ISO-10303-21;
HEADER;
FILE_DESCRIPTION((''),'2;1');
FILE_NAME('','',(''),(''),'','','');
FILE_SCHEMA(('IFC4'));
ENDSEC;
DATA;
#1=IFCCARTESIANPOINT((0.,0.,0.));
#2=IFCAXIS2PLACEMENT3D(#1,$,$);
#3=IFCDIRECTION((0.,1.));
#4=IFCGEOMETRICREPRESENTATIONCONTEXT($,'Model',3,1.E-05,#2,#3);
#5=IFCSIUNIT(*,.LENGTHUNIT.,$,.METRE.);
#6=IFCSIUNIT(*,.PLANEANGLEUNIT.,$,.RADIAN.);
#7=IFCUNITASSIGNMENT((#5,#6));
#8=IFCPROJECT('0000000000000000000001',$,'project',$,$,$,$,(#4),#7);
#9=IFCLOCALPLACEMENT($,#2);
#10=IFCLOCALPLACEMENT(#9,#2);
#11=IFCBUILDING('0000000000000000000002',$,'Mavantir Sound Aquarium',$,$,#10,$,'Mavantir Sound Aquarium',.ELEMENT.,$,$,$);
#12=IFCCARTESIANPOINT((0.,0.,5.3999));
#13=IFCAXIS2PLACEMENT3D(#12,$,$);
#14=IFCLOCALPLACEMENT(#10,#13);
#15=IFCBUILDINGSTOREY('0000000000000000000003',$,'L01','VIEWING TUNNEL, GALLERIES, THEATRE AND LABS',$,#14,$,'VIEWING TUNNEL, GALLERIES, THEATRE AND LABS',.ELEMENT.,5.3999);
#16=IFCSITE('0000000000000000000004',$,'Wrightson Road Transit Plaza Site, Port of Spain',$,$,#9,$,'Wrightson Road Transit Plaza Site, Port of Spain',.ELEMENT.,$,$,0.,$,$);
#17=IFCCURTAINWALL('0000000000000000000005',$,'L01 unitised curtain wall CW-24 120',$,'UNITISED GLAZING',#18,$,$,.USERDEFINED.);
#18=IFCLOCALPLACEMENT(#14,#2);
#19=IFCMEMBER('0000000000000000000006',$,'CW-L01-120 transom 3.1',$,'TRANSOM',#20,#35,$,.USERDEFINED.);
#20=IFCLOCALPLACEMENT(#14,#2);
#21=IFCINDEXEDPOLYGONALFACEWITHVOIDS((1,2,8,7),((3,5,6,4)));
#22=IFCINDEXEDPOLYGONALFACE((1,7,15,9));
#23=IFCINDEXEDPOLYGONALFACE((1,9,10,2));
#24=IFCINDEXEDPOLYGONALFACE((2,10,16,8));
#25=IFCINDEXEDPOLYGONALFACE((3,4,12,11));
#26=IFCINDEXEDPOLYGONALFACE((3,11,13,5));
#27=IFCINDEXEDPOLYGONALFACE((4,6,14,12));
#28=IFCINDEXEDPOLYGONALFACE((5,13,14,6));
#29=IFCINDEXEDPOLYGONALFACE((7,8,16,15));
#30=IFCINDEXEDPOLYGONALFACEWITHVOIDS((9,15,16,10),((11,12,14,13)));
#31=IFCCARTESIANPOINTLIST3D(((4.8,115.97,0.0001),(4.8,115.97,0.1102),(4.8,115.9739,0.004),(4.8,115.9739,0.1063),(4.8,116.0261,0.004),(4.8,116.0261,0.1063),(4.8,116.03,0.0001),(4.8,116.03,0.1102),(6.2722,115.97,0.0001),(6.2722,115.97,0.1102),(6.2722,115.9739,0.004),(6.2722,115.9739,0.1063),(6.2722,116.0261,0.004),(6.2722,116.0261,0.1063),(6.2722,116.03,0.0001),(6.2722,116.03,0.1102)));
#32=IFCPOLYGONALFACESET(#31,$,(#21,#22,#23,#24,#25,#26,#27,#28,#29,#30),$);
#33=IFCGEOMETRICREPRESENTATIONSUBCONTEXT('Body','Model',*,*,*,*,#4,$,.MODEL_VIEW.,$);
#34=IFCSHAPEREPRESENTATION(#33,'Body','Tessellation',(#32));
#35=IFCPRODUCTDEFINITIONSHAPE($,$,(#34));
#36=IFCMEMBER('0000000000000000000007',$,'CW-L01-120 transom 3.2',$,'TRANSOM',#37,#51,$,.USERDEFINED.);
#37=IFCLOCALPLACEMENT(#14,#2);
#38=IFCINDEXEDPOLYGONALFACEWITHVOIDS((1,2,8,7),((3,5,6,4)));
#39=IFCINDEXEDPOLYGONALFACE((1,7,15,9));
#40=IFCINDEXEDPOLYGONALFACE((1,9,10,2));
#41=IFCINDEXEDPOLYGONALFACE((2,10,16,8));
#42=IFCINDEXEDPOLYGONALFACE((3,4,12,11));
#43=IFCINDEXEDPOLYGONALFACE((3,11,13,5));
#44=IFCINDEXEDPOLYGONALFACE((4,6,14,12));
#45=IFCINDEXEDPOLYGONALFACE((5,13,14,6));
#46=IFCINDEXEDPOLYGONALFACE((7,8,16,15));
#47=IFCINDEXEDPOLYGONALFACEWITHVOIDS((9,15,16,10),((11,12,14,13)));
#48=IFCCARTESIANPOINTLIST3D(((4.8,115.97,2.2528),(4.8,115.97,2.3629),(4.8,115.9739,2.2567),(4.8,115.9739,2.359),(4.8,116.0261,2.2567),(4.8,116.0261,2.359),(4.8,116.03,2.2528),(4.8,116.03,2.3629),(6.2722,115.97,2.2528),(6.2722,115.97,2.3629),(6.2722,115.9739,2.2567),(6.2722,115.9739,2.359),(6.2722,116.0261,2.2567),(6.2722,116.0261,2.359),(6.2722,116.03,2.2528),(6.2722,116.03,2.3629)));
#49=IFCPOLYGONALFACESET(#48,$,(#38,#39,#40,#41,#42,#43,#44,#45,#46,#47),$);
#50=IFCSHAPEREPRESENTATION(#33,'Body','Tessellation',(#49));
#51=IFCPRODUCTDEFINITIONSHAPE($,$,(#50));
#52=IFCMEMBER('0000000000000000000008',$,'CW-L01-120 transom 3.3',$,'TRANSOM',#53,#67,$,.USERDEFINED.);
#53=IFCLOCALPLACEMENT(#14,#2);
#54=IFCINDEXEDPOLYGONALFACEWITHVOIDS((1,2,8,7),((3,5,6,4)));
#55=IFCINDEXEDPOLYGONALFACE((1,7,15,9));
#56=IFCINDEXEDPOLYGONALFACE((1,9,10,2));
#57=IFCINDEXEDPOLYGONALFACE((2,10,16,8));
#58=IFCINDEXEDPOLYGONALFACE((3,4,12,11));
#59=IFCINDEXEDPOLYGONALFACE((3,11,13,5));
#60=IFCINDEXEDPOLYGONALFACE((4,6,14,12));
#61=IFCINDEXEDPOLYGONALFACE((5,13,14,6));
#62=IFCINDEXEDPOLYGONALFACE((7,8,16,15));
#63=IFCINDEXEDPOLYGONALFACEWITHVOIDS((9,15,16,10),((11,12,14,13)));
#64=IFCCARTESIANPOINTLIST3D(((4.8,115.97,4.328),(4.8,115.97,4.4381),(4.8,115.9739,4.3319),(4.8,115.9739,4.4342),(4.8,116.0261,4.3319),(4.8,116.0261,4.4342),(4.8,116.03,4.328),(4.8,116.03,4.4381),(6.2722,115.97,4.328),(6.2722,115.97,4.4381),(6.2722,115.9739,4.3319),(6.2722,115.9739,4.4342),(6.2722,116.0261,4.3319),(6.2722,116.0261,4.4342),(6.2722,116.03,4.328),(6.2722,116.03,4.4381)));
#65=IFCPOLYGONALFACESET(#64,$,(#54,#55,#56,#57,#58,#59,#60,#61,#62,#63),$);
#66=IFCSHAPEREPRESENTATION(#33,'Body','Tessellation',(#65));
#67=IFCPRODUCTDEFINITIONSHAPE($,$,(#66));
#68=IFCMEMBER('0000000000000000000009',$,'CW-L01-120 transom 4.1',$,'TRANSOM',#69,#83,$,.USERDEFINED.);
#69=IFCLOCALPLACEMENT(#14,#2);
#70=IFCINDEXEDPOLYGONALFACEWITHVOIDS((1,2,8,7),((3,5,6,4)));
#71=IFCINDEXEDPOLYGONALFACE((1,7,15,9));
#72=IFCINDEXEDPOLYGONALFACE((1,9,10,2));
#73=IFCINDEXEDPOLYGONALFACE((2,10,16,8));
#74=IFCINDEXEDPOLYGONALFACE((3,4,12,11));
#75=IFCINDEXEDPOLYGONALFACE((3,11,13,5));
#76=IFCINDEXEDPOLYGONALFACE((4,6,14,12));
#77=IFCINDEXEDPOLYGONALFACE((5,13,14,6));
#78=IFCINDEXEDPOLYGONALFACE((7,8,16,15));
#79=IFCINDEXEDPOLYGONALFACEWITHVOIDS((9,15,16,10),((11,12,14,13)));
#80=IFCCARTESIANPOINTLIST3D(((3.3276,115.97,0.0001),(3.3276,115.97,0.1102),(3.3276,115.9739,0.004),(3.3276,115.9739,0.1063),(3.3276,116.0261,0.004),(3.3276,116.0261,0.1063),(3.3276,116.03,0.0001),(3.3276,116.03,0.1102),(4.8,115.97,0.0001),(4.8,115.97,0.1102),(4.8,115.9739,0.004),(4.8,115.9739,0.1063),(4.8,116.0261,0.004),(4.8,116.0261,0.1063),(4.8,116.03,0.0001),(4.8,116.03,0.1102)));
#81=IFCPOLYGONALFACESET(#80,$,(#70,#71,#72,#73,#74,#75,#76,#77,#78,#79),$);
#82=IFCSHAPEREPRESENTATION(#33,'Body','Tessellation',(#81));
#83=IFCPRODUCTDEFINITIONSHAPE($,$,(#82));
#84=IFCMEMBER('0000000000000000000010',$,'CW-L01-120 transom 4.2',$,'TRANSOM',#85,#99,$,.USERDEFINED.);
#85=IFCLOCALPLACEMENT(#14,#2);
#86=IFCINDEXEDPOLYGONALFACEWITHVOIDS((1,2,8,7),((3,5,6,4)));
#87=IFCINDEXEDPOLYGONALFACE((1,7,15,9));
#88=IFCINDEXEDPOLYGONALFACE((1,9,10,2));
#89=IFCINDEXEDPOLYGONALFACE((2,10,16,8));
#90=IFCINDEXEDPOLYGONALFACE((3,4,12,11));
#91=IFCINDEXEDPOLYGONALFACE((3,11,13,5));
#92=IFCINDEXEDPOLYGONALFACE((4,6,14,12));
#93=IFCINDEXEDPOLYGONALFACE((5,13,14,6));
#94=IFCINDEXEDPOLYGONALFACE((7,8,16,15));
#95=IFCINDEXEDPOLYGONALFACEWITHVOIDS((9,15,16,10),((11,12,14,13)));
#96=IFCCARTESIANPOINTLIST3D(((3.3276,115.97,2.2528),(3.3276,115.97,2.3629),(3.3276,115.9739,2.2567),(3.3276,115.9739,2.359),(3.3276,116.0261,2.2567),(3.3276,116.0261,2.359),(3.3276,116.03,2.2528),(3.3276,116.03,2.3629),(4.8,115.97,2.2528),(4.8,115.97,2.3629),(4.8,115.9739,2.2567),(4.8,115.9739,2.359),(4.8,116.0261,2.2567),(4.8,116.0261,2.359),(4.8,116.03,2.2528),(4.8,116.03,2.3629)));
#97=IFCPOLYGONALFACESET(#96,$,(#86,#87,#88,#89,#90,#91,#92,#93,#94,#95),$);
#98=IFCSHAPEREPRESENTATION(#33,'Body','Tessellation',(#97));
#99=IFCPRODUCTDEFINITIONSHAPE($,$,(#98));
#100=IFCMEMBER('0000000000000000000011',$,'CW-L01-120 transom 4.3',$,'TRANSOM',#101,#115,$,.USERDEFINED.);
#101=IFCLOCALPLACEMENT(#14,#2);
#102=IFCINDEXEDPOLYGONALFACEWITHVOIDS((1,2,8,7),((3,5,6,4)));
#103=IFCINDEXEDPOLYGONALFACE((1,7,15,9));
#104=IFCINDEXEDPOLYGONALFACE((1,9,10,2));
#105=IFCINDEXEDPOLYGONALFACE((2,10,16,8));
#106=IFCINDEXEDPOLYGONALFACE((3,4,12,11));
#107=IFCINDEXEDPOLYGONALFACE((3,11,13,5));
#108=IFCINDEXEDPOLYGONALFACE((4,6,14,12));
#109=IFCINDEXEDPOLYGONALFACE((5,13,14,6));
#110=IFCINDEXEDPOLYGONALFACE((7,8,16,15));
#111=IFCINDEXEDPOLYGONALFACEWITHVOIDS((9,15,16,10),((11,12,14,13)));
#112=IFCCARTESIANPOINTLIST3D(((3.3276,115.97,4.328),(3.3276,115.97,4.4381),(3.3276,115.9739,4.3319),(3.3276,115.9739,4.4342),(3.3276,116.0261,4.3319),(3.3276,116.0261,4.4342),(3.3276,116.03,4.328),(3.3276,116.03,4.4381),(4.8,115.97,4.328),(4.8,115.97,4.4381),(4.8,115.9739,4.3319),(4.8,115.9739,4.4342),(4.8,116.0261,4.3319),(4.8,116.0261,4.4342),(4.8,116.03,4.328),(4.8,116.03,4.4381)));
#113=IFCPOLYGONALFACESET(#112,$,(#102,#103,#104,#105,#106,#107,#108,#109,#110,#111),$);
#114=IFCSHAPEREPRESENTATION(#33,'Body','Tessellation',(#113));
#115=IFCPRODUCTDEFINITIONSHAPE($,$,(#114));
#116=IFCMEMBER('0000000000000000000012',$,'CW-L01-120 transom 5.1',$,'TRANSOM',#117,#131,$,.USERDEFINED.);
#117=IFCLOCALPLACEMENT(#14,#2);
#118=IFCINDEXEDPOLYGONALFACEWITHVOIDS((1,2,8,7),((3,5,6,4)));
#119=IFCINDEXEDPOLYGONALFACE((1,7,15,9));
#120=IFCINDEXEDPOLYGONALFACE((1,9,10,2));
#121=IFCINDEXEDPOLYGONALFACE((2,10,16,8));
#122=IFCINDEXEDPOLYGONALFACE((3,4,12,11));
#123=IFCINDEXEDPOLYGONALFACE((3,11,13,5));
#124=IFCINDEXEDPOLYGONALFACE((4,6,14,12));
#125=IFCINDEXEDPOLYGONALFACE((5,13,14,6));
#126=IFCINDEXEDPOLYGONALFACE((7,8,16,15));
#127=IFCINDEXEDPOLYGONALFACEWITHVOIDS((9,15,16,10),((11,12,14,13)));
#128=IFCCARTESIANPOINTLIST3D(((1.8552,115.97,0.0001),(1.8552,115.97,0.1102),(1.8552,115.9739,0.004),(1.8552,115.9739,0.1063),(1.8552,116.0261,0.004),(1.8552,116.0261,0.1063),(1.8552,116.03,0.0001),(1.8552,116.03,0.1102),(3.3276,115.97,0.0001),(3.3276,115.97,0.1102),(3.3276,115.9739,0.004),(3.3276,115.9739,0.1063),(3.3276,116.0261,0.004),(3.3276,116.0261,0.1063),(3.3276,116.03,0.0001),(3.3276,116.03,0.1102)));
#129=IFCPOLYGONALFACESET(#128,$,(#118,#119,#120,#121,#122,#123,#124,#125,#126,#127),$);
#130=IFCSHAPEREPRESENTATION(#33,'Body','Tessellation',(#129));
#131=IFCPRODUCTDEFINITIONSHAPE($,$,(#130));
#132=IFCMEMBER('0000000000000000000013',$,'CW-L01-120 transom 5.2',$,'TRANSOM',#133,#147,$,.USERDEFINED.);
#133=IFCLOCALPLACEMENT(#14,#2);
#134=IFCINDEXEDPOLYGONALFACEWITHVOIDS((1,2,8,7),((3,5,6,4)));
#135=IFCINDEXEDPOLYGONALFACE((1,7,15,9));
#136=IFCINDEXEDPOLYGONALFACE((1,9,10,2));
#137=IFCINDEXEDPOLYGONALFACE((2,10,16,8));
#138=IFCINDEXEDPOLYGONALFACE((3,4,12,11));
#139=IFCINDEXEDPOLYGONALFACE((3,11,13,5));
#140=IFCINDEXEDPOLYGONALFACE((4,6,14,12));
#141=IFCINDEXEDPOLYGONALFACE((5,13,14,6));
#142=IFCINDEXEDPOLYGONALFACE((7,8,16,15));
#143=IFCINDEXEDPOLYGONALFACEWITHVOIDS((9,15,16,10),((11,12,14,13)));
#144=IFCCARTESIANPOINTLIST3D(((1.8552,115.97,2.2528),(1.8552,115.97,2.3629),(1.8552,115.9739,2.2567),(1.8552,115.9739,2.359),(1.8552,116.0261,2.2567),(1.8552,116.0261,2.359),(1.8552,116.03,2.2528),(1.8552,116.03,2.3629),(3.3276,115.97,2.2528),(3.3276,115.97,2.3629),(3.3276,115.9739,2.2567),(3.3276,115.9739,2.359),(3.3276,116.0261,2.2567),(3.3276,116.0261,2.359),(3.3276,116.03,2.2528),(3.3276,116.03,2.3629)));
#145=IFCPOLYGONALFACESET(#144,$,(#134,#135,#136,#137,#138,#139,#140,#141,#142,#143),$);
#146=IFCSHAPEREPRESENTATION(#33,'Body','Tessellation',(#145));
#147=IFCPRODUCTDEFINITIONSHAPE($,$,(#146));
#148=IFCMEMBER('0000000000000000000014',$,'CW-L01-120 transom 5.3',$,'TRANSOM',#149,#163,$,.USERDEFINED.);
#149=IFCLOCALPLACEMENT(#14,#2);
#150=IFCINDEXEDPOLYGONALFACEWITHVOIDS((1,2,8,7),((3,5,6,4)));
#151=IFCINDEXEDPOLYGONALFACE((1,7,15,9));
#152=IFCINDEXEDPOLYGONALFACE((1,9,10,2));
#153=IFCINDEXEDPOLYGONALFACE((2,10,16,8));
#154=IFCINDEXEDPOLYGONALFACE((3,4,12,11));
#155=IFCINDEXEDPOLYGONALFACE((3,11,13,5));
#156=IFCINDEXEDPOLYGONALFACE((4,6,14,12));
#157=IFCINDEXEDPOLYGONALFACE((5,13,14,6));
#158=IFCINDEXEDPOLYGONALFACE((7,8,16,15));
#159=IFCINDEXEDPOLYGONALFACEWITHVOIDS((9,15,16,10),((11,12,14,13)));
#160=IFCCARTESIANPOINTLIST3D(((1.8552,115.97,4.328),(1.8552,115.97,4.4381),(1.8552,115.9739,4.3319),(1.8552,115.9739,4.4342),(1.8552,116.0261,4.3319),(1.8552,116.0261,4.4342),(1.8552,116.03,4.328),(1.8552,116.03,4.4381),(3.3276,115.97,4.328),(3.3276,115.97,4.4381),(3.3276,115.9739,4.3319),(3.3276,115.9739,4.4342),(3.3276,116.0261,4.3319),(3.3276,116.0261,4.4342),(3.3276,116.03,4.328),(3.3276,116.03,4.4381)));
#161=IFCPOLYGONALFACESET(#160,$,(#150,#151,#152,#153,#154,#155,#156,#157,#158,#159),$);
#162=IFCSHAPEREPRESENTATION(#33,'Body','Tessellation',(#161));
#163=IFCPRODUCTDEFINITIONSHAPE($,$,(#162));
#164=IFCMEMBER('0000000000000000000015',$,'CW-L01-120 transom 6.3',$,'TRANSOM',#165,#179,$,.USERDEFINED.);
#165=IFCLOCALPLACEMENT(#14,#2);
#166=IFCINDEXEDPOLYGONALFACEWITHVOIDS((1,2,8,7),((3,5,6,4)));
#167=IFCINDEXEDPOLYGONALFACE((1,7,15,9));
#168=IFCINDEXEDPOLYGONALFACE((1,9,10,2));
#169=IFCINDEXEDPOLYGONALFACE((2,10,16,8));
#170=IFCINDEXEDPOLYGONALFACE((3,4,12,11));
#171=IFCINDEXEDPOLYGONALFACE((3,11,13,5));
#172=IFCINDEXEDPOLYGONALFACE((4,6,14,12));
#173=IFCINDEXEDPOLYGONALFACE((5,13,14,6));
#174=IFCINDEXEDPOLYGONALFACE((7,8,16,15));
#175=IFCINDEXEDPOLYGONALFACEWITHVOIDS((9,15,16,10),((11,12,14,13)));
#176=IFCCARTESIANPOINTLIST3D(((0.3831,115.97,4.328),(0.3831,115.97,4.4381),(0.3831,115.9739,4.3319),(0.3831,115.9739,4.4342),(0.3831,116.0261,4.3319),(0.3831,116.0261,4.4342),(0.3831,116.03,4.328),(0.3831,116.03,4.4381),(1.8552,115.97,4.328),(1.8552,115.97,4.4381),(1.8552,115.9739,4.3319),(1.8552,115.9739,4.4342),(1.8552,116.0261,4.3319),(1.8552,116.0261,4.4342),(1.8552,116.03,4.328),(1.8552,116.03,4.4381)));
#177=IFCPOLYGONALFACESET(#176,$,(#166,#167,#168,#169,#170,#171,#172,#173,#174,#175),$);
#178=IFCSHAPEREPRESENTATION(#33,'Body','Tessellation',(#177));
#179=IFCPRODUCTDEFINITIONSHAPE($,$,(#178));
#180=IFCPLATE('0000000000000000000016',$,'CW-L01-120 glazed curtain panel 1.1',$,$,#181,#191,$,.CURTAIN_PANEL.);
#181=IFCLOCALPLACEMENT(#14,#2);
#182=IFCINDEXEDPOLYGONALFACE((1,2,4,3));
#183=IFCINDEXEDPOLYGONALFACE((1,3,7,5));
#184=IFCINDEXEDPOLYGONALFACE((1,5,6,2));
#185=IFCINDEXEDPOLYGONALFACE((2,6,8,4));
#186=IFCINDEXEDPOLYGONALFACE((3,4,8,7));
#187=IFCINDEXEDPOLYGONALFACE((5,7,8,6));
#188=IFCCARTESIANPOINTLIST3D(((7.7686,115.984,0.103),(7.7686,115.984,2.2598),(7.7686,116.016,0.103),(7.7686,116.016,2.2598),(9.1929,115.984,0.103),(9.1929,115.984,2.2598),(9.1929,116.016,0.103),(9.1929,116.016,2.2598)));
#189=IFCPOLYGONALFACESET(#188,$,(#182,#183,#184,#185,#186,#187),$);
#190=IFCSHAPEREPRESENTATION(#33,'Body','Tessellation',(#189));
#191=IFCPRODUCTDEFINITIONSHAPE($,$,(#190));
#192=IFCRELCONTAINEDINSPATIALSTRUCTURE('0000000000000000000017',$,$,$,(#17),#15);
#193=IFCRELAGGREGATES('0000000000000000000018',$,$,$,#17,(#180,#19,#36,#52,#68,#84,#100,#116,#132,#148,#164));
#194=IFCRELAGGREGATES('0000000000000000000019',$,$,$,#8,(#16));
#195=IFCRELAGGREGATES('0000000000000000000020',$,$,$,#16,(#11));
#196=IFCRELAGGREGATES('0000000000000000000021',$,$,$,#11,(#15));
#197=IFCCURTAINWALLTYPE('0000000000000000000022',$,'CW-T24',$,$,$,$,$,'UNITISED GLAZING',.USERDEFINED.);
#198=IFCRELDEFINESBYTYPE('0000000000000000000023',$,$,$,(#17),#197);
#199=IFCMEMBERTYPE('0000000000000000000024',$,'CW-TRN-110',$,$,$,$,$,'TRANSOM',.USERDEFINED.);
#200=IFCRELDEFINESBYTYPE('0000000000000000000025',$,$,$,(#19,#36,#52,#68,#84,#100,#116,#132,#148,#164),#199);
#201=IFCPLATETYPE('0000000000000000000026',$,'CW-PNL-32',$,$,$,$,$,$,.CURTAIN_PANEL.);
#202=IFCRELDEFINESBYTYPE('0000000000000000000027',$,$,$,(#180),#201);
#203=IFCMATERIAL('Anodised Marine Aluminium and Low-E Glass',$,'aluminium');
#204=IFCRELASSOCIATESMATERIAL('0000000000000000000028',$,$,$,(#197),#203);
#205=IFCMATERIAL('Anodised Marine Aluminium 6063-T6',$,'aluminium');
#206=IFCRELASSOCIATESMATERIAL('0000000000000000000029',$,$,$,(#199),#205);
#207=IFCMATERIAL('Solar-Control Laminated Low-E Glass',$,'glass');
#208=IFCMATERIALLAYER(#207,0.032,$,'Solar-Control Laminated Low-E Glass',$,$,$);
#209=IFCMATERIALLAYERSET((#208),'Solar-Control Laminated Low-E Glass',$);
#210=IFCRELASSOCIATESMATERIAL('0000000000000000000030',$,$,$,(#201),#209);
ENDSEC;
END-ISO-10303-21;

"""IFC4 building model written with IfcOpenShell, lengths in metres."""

from ifc_helpers import new_model, si_unit, direction, frame, origin, origin_2d, place, context, subcontext, project, spatial, rectangle, hollow_rectangle, extrude, material, layer, layer_set, material_profile, profile_set, type_object, element, aggregate, save


model = new_model("IFC4")

# Units and contexts
model_context = context("Model", 3, precision=1e-05, world=origin(), true_north=direction((0.0, 1.0)))
body_context = subcontext(model_context, "Body", "Model", "MODEL_VIEW")
ifc_project = project(units=[si_unit("LENGTHUNIT", "METRE"), si_unit("PLANEANGLEUNIT", "RADIAN")], contexts=[model_context])

# Site, building, storey
site_placement = place(None, origin())
site = spatial("IfcSite", under=ifc_project, at=site_placement, Name="Wrightson Road Transit Plaza Site, Port of Spain", LongName="Wrightson Road Transit Plaza Site, Port of Spain", CompositionType="ELEMENT", RefElevation=0.0)
building_placement = place(site_placement, origin())
building = spatial("IfcBuilding", under=site, at=building_placement, Name="Mavantir Sound Aquarium", LongName="Mavantir Sound Aquarium", CompositionType="ELEMENT")
storey_placement = place(building_placement, frame((0.0, 0.0, 5.3999)))
storey = spatial("IfcBuildingStorey", under=building, at=storey_placement, Name="L01", Description="VIEWING TUNNEL, GALLERIES, THEATRE AND LABS", LongName="VIEWING TUNNEL, GALLERIES, THEATRE AND LABS", CompositionType="ELEMENT", Elevation=5.3999)

# Curtain wall, members, plate
ifc_material_1 = material(Name="Anodised Marine Aluminium and Low-E Glass", Category="aluminium")
curtain_wall_type = type_object("IfcCurtainWallType", Name="CW-T24", ElementType="UNITISED GLAZING", PredefinedType="USERDEFINED", material=ifc_material_1)
curtain_wall_placement = place(storey_placement, origin())
curtain_wall = element("IfcCurtainWall", 1, at=curtain_wall_placement, inside=storey, type_object=curtain_wall_type, Name="L01 unitised curtain wall CW-24 120", ObjectType="UNITISED GLAZING", PredefinedType="USERDEFINED")
ifc_material_2 = material(Name="Anodised Marine Aluminium 6063-T6", Category="aluminium")
ifc_material_profile_1 = material_profile(ifc_material_2, hollow_rectangle(XDim=0.0601, YDim=0.1101, WallThickness=0.0039, at=origin_2d()), Name="ALU-TRANSOM-110X60")
ifc_profile_set_1 = profile_set([ifc_material_profile_1], Name="Anodised Marine Aluminium 6063-T6")
member_type_1 = type_object("IfcMemberType", Name="CW-TRN-110", ElementType="TRANSOM", PredefinedType="USERDEFINED", material=ifc_profile_set_1)
member_1_placement = place(storey_placement, frame((6.2722, 116.0, 0.0552), z_axis=(-1.0, 0.0, 0.0), x_axis=(0.0, -1.0, 0.0)))
member_1 = element("IfcMember", 2, at=member_1_placement, type_object=member_type_1, Name="CW-L01-120 transom 3.1", ObjectType="TRANSOM", PredefinedType="USERDEFINED", context=body_context, shape_type="SweptSolid", body=[
    extrude(hollow_rectangle(XDim=0.0601, YDim=0.1101, WallThickness=0.0039, at=origin_2d()), origin(), (0.0, 0.0, 1.0), 1.4722),
])
member_2_placement = place(storey_placement, frame((6.2722, 116.0, 2.3079), z_axis=(-1.0, 0.0, 0.0), x_axis=(0.0, -1.0, 0.0)))
member_2 = element("IfcMember", 3, at=member_2_placement, type_object=member_type_1, Name="CW-L01-120 transom 3.2", ObjectType="TRANSOM", PredefinedType="USERDEFINED", context=body_context, shape_type="SweptSolid", body=[
    extrude(hollow_rectangle(XDim=0.0601, YDim=0.1101, WallThickness=0.0039, at=origin_2d()), origin(), (0.0, 0.0, 1.0), 1.4722),
])
member_3_placement = place(storey_placement, frame((6.2722, 116.0, 4.3831), z_axis=(-1.0, 0.0, 0.0), x_axis=(0.0, -1.0, 0.0)))
member_3 = element("IfcMember", 4, at=member_3_placement, type_object=member_type_1, Name="CW-L01-120 transom 3.3", ObjectType="TRANSOM", PredefinedType="USERDEFINED", context=body_context, shape_type="SweptSolid", body=[
    extrude(hollow_rectangle(XDim=0.0601, YDim=0.1101, WallThickness=0.0039, at=origin_2d()), origin(), (0.0, 0.0, 1.0), 1.4722),
])
member_4_placement = place(storey_placement, frame((4.8, 116.0, 0.0552), z_axis=(-1.0, 0.0, 0.0), x_axis=(0.0, -1.0, 0.0)))
member_4 = element("IfcMember", 5, at=member_4_placement, type_object=member_type_1, Name="CW-L01-120 transom 4.1", ObjectType="TRANSOM", PredefinedType="USERDEFINED", context=body_context, shape_type="SweptSolid", body=[
    extrude(hollow_rectangle(XDim=0.0601, YDim=0.1101, WallThickness=0.0039, at=origin_2d()), origin(), (0.0, 0.0, 1.0), 1.4724),
])
member_5_placement = place(storey_placement, frame((4.8, 116.0, 2.3079), z_axis=(-1.0, 0.0, 0.0), x_axis=(0.0, -1.0, 0.0)))
member_5 = element("IfcMember", 6, at=member_5_placement, type_object=member_type_1, Name="CW-L01-120 transom 4.2", ObjectType="TRANSOM", PredefinedType="USERDEFINED", context=body_context, shape_type="SweptSolid", body=[
    extrude(hollow_rectangle(XDim=0.0601, YDim=0.1101, WallThickness=0.0039, at=origin_2d()), origin(), (0.0, 0.0, 1.0), 1.4724),
])
member_6_placement = place(storey_placement, frame((4.8, 116.0, 4.3831), z_axis=(-1.0, 0.0, 0.0), x_axis=(0.0, -1.0, 0.0)))
member_6 = element("IfcMember", 7, at=member_6_placement, type_object=member_type_1, Name="CW-L01-120 transom 4.3", ObjectType="TRANSOM", PredefinedType="USERDEFINED", context=body_context, shape_type="SweptSolid", body=[
    extrude(hollow_rectangle(XDim=0.0601, YDim=0.1101, WallThickness=0.0039, at=origin_2d()), origin(), (0.0, 0.0, 1.0), 1.4724),
])
member_7_placement = place(storey_placement, frame((3.3276, 116.0, 0.0552), z_axis=(-1.0, 0.0, 0.0), x_axis=(0.0, -1.0, 0.0)))
member_7 = element("IfcMember", 8, at=member_7_placement, type_object=member_type_1, Name="CW-L01-120 transom 5.1", ObjectType="TRANSOM", PredefinedType="USERDEFINED", context=body_context, shape_type="SweptSolid", body=[
    extrude(hollow_rectangle(XDim=0.0601, YDim=0.1101, WallThickness=0.0039, at=origin_2d()), origin(), (0.0, 0.0, 1.0), 1.4724),
])
member_8_placement = place(storey_placement, frame((3.3276, 116.0, 2.3079), z_axis=(-1.0, 0.0, 0.0), x_axis=(0.0, -1.0, 0.0)))
member_8 = element("IfcMember", 9, at=member_8_placement, type_object=member_type_1, Name="CW-L01-120 transom 5.2", ObjectType="TRANSOM", PredefinedType="USERDEFINED", context=body_context, shape_type="SweptSolid", body=[
    extrude(hollow_rectangle(XDim=0.0601, YDim=0.1101, WallThickness=0.0039, at=origin_2d()), origin(), (0.0, 0.0, 1.0), 1.4724),
])
member_9_placement = place(storey_placement, frame((3.3276, 116.0, 4.3831), z_axis=(-1.0, 0.0, 0.0), x_axis=(0.0, -1.0, 0.0)))
member_9 = element("IfcMember", 10, at=member_9_placement, type_object=member_type_1, Name="CW-L01-120 transom 5.3", ObjectType="TRANSOM", PredefinedType="USERDEFINED", context=body_context, shape_type="SweptSolid", body=[
    extrude(hollow_rectangle(XDim=0.0601, YDim=0.1101, WallThickness=0.0039, at=origin_2d()), origin(), (0.0, 0.0, 1.0), 1.4724),
])
member_10_placement = place(storey_placement, frame((1.8552, 116.0, 4.3831), z_axis=(-1.0, 0.0, 0.0), x_axis=(0.0, -1.0, 0.0)))
member_10 = element("IfcMember", 11, at=member_10_placement, type_object=member_type_1, Name="CW-L01-120 transom 6.3", ObjectType="TRANSOM", PredefinedType="USERDEFINED", context=body_context, shape_type="SweptSolid", body=[
    extrude(hollow_rectangle(XDim=0.0601, YDim=0.1101, WallThickness=0.0039, at=origin_2d()), origin(), (0.0, 0.0, 1.0), 1.4722),
])
ifc_material_3 = material(Name="Solar-Control Laminated Low-E Glass", Category="glass")
ifc_layer = layer(ifc_material_3, 0.032, Name="Solar-Control Laminated Low-E Glass")
ifc_layer_set = layer_set([ifc_layer], Name="Solar-Control Laminated Low-E Glass")
plate_type = type_object("IfcPlateType", Name="CW-PNL-32", PredefinedType="CURTAIN_PANEL", material=ifc_layer_set)
plate_1_placement = place(storey_placement, frame((8.4807, 116.0, 0.103), z_axis=(0.0, 0.0, 1.0), x_axis=(-1.0, 0.0, 0.0)))
plate_1 = element("IfcPlate", 12, at=plate_1_placement, type_object=plate_type, Name="CW-L01-120 glazed curtain panel 1.1", PredefinedType="CURTAIN_PANEL", context=body_context, shape_type="SweptSolid", body=[
    extrude(rectangle(XDim=1.4243, YDim=0.032, at=origin_2d()), origin(), (0.0, 0.0, 1.0), 2.1567),
])
aggregate(curtain_wall, [plate_1, member_1, member_2, member_3, member_4, member_5, member_6, member_7, member_8, member_9, member_10])

save(model, "model.ifc")
